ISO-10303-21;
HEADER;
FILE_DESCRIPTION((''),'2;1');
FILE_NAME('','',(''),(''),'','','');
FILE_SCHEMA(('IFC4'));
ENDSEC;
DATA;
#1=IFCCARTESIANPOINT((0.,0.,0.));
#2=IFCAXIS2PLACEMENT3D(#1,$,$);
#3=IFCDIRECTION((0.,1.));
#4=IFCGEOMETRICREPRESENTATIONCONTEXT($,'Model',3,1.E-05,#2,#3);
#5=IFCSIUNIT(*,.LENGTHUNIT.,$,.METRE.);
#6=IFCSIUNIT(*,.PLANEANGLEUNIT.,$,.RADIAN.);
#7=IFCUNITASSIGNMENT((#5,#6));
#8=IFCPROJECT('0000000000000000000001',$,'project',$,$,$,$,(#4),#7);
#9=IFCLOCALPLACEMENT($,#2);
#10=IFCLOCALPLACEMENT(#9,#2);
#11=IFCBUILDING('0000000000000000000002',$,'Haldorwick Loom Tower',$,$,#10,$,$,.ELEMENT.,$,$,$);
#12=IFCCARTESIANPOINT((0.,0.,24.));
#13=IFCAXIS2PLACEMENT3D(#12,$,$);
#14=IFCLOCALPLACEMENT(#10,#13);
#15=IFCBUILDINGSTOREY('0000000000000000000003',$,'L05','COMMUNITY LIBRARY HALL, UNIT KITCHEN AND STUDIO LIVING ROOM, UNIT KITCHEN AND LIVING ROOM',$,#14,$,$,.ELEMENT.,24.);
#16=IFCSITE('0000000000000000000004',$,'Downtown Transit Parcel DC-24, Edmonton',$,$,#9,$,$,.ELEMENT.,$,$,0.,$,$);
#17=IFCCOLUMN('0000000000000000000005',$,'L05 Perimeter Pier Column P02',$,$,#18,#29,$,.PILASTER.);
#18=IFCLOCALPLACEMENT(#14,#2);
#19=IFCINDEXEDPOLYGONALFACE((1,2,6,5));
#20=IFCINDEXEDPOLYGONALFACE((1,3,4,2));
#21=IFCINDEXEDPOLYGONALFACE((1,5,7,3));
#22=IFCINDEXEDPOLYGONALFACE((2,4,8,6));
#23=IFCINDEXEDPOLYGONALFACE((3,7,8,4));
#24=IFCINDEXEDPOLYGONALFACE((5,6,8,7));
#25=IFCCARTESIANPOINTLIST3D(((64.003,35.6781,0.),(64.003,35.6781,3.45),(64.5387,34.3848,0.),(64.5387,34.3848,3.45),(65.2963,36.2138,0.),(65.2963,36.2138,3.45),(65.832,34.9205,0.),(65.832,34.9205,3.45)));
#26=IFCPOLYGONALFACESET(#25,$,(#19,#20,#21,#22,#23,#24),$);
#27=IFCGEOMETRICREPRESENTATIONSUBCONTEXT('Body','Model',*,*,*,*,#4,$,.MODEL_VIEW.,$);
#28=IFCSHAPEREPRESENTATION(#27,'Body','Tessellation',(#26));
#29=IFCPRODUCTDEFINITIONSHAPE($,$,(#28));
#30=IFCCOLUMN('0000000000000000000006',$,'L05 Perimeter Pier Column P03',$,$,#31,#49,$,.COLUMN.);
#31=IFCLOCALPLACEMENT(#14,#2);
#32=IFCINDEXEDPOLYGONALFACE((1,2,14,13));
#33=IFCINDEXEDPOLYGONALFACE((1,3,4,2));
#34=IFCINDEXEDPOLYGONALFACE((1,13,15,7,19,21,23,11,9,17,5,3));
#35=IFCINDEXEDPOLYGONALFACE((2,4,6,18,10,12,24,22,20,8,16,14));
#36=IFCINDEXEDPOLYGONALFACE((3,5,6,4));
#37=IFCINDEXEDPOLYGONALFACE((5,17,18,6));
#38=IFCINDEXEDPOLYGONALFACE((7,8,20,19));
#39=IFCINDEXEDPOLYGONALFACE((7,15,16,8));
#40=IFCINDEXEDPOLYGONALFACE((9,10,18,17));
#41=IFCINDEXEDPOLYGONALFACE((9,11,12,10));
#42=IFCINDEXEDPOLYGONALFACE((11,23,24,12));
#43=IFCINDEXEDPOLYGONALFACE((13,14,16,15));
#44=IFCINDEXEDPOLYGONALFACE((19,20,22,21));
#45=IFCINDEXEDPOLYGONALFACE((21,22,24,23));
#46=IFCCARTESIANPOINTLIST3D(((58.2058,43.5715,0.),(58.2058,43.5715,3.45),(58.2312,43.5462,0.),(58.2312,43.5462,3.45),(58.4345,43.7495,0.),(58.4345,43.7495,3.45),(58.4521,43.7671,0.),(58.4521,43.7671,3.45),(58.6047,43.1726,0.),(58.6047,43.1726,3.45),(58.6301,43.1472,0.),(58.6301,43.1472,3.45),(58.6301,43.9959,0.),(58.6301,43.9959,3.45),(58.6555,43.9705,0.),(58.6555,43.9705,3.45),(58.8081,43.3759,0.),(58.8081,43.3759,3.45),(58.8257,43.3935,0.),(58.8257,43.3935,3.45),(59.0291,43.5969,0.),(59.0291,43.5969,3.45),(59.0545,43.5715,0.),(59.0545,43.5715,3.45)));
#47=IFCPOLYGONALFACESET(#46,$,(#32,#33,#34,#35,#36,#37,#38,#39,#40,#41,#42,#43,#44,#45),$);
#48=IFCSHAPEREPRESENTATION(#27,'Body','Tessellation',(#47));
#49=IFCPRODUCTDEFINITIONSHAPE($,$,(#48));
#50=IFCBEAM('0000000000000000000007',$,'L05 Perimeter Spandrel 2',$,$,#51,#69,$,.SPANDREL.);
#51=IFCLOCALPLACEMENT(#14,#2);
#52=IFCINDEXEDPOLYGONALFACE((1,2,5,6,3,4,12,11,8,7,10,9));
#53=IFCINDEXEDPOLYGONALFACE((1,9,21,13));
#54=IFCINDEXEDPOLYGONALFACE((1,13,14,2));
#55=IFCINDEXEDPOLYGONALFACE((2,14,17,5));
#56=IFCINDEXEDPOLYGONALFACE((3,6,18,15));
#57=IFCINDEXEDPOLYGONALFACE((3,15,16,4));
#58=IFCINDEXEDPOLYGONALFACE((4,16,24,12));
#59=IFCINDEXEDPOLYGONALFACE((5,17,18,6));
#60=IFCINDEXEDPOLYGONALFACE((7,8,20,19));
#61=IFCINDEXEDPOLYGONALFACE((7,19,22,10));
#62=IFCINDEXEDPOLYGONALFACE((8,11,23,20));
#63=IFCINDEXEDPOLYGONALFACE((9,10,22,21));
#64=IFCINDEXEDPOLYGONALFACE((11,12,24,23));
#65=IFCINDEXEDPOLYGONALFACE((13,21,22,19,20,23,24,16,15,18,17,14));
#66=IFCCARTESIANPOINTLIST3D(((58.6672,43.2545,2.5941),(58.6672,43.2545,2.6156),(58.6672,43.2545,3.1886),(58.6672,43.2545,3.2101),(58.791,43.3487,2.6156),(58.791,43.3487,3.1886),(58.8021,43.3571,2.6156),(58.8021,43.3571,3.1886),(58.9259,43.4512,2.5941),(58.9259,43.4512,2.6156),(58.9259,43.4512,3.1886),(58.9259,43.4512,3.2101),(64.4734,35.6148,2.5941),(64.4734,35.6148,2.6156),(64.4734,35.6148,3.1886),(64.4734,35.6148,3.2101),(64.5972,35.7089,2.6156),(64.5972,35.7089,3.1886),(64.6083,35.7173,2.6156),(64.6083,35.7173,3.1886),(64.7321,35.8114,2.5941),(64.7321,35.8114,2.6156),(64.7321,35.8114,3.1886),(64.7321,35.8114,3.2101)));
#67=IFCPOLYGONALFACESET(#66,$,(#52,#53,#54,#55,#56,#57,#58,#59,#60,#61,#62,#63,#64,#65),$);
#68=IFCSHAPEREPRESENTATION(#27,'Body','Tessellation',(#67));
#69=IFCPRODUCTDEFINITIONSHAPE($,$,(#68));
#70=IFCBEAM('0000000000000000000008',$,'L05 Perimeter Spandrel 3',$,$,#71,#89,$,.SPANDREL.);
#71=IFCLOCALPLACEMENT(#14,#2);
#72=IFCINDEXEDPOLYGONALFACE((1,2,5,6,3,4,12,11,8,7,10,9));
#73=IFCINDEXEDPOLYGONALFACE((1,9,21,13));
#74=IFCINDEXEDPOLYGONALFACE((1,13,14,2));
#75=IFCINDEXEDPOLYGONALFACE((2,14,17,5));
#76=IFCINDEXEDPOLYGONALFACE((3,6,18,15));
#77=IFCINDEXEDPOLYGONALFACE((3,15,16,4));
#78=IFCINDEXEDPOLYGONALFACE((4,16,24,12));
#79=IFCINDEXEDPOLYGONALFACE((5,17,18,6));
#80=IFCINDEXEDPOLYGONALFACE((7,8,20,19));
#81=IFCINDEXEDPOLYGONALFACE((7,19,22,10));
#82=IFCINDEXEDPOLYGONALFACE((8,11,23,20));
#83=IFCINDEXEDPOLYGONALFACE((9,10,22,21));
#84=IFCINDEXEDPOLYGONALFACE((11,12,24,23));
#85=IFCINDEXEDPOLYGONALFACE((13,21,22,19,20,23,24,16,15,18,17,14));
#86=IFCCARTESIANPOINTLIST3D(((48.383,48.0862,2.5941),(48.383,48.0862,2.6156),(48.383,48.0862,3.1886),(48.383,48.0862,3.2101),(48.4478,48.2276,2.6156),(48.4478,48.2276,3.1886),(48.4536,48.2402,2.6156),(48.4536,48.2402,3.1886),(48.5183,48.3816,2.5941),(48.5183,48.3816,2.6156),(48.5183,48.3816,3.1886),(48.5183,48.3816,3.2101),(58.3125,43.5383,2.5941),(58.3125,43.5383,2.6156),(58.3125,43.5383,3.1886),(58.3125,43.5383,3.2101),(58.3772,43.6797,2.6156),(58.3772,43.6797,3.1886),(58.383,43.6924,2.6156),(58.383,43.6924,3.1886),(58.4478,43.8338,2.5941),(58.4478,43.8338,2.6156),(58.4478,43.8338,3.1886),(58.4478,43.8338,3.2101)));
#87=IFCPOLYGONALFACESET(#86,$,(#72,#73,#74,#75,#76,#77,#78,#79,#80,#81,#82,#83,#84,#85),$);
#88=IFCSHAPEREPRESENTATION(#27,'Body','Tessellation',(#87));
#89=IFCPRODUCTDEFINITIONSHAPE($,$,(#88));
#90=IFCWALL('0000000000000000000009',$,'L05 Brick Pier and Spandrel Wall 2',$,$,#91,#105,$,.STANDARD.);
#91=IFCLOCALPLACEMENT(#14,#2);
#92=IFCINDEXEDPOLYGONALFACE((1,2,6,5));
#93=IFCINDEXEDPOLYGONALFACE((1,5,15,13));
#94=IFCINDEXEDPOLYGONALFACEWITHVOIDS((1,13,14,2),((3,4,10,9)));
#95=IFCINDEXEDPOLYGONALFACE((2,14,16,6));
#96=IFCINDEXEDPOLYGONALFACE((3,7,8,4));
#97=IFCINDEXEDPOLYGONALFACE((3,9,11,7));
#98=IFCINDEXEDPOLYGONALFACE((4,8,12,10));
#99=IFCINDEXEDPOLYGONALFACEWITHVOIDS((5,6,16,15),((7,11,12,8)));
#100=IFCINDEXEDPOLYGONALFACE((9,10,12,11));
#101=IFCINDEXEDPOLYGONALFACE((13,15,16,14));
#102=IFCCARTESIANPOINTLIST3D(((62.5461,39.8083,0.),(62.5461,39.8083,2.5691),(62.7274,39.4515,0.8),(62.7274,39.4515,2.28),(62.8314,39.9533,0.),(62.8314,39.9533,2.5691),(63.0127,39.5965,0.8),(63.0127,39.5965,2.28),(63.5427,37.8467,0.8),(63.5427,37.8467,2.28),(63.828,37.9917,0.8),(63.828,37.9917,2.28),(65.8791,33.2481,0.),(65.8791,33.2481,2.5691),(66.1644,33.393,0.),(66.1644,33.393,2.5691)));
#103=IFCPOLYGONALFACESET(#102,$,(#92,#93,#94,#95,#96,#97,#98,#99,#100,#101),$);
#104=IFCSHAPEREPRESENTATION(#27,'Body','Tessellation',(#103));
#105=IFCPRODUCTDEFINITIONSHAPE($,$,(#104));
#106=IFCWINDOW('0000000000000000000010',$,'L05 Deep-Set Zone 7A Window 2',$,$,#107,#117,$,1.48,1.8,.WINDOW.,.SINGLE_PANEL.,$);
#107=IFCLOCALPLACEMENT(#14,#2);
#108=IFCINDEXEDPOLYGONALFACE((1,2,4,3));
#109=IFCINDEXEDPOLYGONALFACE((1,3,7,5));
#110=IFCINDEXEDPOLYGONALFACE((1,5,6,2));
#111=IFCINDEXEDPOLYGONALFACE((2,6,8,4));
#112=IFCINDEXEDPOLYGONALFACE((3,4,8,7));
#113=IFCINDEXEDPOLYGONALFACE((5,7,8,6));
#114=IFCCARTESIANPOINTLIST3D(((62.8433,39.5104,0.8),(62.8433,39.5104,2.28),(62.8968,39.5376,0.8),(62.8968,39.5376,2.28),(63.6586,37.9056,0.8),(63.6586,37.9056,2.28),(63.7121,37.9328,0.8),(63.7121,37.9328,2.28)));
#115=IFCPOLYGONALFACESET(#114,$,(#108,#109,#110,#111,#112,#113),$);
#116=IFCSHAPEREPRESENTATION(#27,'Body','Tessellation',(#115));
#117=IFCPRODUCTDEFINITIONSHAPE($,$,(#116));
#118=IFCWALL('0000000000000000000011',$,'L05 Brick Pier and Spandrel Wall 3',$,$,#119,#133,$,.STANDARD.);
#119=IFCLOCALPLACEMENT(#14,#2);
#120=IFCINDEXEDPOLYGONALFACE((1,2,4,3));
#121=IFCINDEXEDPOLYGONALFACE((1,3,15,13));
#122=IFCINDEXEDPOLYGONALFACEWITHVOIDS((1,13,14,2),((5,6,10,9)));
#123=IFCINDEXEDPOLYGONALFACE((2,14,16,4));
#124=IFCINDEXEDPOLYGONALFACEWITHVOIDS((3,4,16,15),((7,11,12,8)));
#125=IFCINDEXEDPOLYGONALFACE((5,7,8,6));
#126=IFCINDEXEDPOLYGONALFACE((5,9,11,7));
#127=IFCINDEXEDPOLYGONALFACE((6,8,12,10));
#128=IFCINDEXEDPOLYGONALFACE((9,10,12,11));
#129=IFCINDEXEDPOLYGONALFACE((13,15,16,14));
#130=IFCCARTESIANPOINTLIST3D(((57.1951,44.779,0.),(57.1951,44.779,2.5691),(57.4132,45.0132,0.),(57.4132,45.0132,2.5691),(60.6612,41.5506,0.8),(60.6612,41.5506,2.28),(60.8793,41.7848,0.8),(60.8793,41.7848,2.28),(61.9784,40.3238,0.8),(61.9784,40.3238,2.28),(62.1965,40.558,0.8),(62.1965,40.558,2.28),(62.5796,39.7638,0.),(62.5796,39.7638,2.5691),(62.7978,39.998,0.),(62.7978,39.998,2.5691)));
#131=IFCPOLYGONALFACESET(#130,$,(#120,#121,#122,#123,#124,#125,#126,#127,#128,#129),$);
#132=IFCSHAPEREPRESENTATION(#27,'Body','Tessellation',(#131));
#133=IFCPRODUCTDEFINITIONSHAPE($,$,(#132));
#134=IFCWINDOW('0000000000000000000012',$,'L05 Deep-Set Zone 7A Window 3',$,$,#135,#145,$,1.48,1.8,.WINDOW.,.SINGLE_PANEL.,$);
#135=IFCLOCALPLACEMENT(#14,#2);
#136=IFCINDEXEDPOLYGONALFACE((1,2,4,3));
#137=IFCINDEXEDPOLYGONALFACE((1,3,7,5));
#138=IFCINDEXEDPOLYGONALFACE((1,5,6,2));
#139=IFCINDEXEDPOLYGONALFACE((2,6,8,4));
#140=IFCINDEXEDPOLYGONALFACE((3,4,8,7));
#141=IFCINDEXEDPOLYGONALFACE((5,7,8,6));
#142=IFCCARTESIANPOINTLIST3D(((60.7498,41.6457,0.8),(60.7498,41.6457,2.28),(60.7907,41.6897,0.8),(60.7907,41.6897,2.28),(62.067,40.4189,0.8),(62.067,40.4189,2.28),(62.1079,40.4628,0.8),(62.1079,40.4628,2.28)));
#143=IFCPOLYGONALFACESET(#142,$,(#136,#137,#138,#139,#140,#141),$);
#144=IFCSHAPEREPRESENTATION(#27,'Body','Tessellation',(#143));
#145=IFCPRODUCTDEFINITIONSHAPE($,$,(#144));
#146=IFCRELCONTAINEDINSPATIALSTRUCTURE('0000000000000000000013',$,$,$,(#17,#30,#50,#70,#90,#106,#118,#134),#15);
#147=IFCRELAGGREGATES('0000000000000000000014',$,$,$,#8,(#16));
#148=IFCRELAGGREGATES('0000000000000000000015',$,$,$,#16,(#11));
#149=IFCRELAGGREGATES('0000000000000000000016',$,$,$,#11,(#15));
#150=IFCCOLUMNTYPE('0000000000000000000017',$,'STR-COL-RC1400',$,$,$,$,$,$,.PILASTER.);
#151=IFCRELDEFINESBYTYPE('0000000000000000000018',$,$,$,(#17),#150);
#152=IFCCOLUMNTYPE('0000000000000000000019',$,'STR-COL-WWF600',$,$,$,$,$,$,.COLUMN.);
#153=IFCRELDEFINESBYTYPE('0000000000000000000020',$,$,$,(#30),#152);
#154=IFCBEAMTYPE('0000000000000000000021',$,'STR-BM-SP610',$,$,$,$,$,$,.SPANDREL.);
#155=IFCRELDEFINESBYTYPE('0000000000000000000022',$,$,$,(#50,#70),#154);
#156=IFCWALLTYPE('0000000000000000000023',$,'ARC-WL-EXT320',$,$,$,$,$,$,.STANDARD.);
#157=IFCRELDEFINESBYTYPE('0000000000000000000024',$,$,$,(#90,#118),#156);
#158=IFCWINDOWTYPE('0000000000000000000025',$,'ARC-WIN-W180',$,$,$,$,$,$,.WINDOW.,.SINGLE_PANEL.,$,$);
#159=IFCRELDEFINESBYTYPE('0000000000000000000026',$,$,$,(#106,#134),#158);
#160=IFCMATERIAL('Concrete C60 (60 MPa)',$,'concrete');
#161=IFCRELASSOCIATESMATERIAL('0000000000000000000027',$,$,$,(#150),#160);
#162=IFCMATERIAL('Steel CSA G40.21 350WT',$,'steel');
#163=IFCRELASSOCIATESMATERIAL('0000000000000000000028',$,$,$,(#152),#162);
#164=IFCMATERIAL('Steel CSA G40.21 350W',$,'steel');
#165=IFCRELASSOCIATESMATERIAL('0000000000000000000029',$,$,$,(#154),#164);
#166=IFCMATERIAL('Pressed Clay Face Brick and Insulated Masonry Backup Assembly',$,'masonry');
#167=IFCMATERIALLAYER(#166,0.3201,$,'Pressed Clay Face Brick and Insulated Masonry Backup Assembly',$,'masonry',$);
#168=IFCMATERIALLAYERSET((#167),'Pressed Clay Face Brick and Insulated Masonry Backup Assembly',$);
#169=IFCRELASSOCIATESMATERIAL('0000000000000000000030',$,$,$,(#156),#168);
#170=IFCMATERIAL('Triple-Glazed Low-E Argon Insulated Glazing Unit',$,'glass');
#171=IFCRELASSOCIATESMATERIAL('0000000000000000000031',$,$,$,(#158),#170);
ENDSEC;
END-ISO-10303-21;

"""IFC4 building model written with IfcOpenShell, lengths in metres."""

from ifc_helpers import new_model, si_unit, direction, frame, frame_2d, origin, origin_2d, place, context, subcontext, project, spatial, rectangle, i_section, extrude, material, layer, layer_set, material_profile, profile_set, type_object, element, fill, save


model = new_model("IFC4")

# Units and contexts
model_context = context("Model", 3, precision=1e-05, world=origin(), true_north=direction((0.0, 1.0)))
body_context = subcontext(model_context, "Body", "Model", "MODEL_VIEW")
ifc_project = project(units=[si_unit("LENGTHUNIT", "METRE"), si_unit("PLANEANGLEUNIT", "RADIAN")], contexts=[model_context])

# Site, building, storey
site_placement = place(None, origin())
site = spatial("IfcSite", under=ifc_project, at=site_placement, Name="Downtown Transit Parcel DC-24, Edmonton", CompositionType="ELEMENT", RefElevation=0.0)
building_placement = place(site_placement, origin())
building = spatial("IfcBuilding", under=site, at=building_placement, Name="Haldorwick Loom Tower", CompositionType="ELEMENT")
storey_placement = place(building_placement, frame((0.0, 0.0, 24.0)))
storey = spatial("IfcBuildingStorey", under=building, at=storey_placement, Name="L05", Description="COMMUNITY LIBRARY HALL, UNIT KITCHEN AND STUDIO LIVING ROOM, UNIT KITCHEN AND LIVING ROOM", CompositionType="ELEMENT", Elevation=24.0)

# Columns
ifc_material_1 = material(Name="Concrete C60 (60 MPa)", Category="concrete")
ifc_material_profile_1 = material_profile(ifc_material_1, rectangle(XDim=1.3999, YDim=1.3999, at=origin_2d()), Name="RC1400X1400", Category="concrete")
ifc_profile_set_1 = profile_set([ifc_material_profile_1], Name="Concrete C60 (60 MPa)")
column_type_1 = type_object("IfcColumnType", Name="STR-COL-RC1400", PredefinedType="PILASTER", material=ifc_profile_set_1)
column_1_placement = place(storey_placement, frame((64.9175, 35.2993, 0.0), z_axis=(0.0, 0.0, 1.0), x_axis=(0.92388, 0.382683, 0.0)))
element("IfcColumn", 1, at=column_1_placement, inside=storey, type_object=column_type_1, Name="L05 Perimeter Pier Column P02", PredefinedType="PILASTER", context=body_context, shape_type="SweptSolid", body=[
    extrude(rectangle(XDim=1.3999, YDim=1.3999, at=origin_2d()), origin(), (0.0, 0.0, 1.0), 3.45),
])
ifc_material_2 = material(Name="Steel CSA G40.21 350WT", Category="steel")
ifc_material_profile_2 = material_profile(ifc_material_2, i_section(OverallWidth=0.6001, OverallDepth=0.6001, WebThickness=0.0249, FlangeThickness=0.0359, at=origin_2d()), Name="WWF600X600", Category="steel")
ifc_profile_set_2 = profile_set([ifc_material_profile_2], Name="Steel CSA G40.21 350WT")
column_type_2 = type_object("IfcColumnType", Name="STR-COL-WWF600", PredefinedType="COLUMN", material=ifc_profile_set_2)
column_2_placement = place(storey_placement, frame((58.6301, 43.5715, 0.0), z_axis=(0.0, 0.0, 1.0), x_axis=(0.707107, 0.707107, 0.0)))
element("IfcColumn", 2, at=column_2_placement, inside=storey, type_object=column_type_2, Name="L05 Perimeter Pier Column P03", PredefinedType="COLUMN", context=body_context, shape_type="SweptSolid", body=[
    extrude(i_section(OverallWidth=0.6001, OverallDepth=0.6001, WebThickness=0.0249, FlangeThickness=0.0359, at=origin_2d()), origin(), (0.0, 0.0, 1.0), 3.45),
])

# Beams
ifc_material_3 = material(Name="Steel CSA G40.21 350W", Category="steel")
ifc_material_profile_3 = material_profile(ifc_material_3, i_section(OverallWidth=0.325, OverallDepth=0.616, WebThickness=0.0139, FlangeThickness=0.0215, at=origin_2d()), Name="W610X174", Category="steel")
ifc_profile_set_3 = profile_set([ifc_material_profile_3], Name="Steel CSA G40.21 350W")
beam_type = type_object("IfcBeamType", Name="STR-BM-SP610", PredefinedType="SPANDREL", material=ifc_profile_set_3)
beam_1_placement = place(storey_placement, frame((64.6028, 35.7131, 2.9021), z_axis=(-0.605085, 0.796161, 0.0), x_axis=(-0.796161, -0.605085, 0.0)))
element("IfcBeam", 3, at=beam_1_placement, inside=storey, type_object=beam_type, Name="L05 Perimeter Spandrel 2", PredefinedType="SPANDREL", context=body_context, shape_type="SweptSolid", body=[
    extrude(i_section(OverallWidth=0.325, OverallDepth=0.616, WebThickness=0.0139, FlangeThickness=0.0215, at=origin_2d()), origin(), (0.0, 0.0, 1.0), 9.5957),
])
beam_2_placement = place(storey_placement, frame((58.3801, 43.686, 2.9021), z_axis=(-0.909174, 0.416417, 0.0), x_axis=(-0.416417, -0.909174, 0.0)))
element("IfcBeam", 4, at=beam_2_placement, inside=storey, type_object=beam_type, Name="L05 Perimeter Spandrel 3", PredefinedType="SPANDREL", context=body_context, shape_type="SweptSolid", body=[
    extrude(i_section(OverallWidth=0.325, OverallDepth=0.616, WebThickness=0.0139, FlangeThickness=0.0215, at=origin_2d()), origin(), (0.0, 0.0, 1.0), 10.9214),
])

# Walls, openings, windows
ifc_material_4 = material(Name="Pressed Clay Face Brick and Insulated Masonry Backup Assembly", Category="masonry")
ifc_layer_1 = layer(ifc_material_4, 0.3201, Name="Pressed Clay Face Brick and Insulated Masonry Backup Assembly", Category="masonry")
ifc_layer_set_1 = layer_set([ifc_layer_1], Name="Pressed Clay Face Brick and Insulated Masonry Backup Assembly")
wall_type_1 = type_object("IfcWallType", Name="ARC-WL-EXT320", PredefinedType="STANDARD", material=ifc_layer_set_1)
wall_1_placement = place(storey_placement, frame((66.0217, 33.3206, 0.0), z_axis=(0.0, 0.0, 1.0), x_axis=(-0.452951, 0.891535, 0.0)))
wall_1 = element("IfcWall", 5, at=wall_1_placement, inside=storey, type_object=wall_type_1, Name="L05 Brick Pier and Spandrel Wall 2", PredefinedType="STANDARD", context=body_context, shape_type="SweptSolid", body=[
    extrude(rectangle(XDim=7.3584, YDim=0.3201, at=frame_2d((3.6792, 0.0))), origin(), (0.0, 0.0, 1.0), 2.5691),
])
opening_1_placement = place(wall_1_placement, frame((5.1582, 0.0, 0.8)))
opening_1 = element("IfcOpeningElement", 6, at=opening_1_placement, cuts=wall_1, PredefinedType="OPENING", context=body_context, shape_type="SweptSolid", body=[
    extrude(rectangle(XDim=1.8, YDim=1.48, at=frame_2d((0.8999, 0.74))), frame((0.0, 0.1699, 0.0), z_axis=(0.0, -1.0, 0.0), x_axis=(1.0, 0.0, 0.0)), (0.0, 0.0, 1.0), 0.3401),
])
ifc_material_5 = material(Name="Triple-Glazed Low-E Argon Insulated Glazing Unit", Category="glass")
window_type = type_object("IfcWindowType", Name="ARC-WIN-W180", PartitioningType="SINGLE_PANEL", PredefinedType="WINDOW", material=ifc_material_5)
window_1_placement = place(opening_1_placement, origin())
window_1 = element("IfcWindow", 7, at=window_1_placement, inside=storey, type_object=window_type, Name="L05 Deep-Set Zone 7A Window 2", OverallHeight=1.48, OverallWidth=1.8, PartitioningType="SINGLE_PANEL", PredefinedType="WINDOW", context=body_context, shape_type="SweptSolid", body=[
    extrude(rectangle(XDim=1.8, YDim=1.48, at=frame_2d((0.8999, 0.74))), frame((0.0, 0.03, 0.0), z_axis=(0.0, -1.0, 0.0), x_axis=(1.0, 0.0, 0.0)), (0.0, 0.0, 1.0), 0.0601),
])
fill(opening_1, window_1)
wall_2_placement = place(storey_placement, frame((62.6887, 39.8809, 0.0), z_axis=(0.0, 0.0, 1.0), x_axis=(-0.731761, 0.681561, 0.0)))
wall_2 = element("IfcWall", 8, at=wall_2_placement, inside=storey, type_object=wall_type_1, Name="L05 Brick Pier and Spandrel Wall 3", PredefinedType="STANDARD", context=body_context, shape_type="SweptSolid", body=[
    extrude(rectangle(XDim=7.3584, YDim=0.3201, at=frame_2d((3.6792, 0.0))), origin(), (0.0, 0.0, 1.0), 2.5691),
])
opening_2_placement = place(wall_2_placement, frame((0.8218, 0.0, 0.8)))
opening_2 = element("IfcOpeningElement", 9, at=opening_2_placement, cuts=wall_2, PredefinedType="OPENING", context=body_context, shape_type="SweptSolid", body=[
    extrude(rectangle(XDim=1.8, YDim=1.48, at=frame_2d((0.8999, 0.74))), frame((0.0, 0.1699, 0.0), z_axis=(0.0, -1.0, 0.0), x_axis=(1.0, 0.0, 0.0)), (0.0, 0.0, 1.0), 0.3401),
])
window_2_placement = place(opening_2_placement, origin())
window_2 = element("IfcWindow", 10, at=window_2_placement, inside=storey, type_object=window_type, Name="L05 Deep-Set Zone 7A Window 3", OverallHeight=1.48, OverallWidth=1.8, PartitioningType="SINGLE_PANEL", PredefinedType="WINDOW", context=body_context, shape_type="SweptSolid", body=[
    extrude(rectangle(XDim=1.8, YDim=1.48, at=frame_2d((0.8999, 0.74))), frame((0.0, 0.03, 0.0), z_axis=(0.0, -1.0, 0.0), x_axis=(1.0, 0.0, 0.0)), (0.0, 0.0, 1.0), 0.0601),
])
fill(opening_2, window_2)

save(model, "model.ifc")
